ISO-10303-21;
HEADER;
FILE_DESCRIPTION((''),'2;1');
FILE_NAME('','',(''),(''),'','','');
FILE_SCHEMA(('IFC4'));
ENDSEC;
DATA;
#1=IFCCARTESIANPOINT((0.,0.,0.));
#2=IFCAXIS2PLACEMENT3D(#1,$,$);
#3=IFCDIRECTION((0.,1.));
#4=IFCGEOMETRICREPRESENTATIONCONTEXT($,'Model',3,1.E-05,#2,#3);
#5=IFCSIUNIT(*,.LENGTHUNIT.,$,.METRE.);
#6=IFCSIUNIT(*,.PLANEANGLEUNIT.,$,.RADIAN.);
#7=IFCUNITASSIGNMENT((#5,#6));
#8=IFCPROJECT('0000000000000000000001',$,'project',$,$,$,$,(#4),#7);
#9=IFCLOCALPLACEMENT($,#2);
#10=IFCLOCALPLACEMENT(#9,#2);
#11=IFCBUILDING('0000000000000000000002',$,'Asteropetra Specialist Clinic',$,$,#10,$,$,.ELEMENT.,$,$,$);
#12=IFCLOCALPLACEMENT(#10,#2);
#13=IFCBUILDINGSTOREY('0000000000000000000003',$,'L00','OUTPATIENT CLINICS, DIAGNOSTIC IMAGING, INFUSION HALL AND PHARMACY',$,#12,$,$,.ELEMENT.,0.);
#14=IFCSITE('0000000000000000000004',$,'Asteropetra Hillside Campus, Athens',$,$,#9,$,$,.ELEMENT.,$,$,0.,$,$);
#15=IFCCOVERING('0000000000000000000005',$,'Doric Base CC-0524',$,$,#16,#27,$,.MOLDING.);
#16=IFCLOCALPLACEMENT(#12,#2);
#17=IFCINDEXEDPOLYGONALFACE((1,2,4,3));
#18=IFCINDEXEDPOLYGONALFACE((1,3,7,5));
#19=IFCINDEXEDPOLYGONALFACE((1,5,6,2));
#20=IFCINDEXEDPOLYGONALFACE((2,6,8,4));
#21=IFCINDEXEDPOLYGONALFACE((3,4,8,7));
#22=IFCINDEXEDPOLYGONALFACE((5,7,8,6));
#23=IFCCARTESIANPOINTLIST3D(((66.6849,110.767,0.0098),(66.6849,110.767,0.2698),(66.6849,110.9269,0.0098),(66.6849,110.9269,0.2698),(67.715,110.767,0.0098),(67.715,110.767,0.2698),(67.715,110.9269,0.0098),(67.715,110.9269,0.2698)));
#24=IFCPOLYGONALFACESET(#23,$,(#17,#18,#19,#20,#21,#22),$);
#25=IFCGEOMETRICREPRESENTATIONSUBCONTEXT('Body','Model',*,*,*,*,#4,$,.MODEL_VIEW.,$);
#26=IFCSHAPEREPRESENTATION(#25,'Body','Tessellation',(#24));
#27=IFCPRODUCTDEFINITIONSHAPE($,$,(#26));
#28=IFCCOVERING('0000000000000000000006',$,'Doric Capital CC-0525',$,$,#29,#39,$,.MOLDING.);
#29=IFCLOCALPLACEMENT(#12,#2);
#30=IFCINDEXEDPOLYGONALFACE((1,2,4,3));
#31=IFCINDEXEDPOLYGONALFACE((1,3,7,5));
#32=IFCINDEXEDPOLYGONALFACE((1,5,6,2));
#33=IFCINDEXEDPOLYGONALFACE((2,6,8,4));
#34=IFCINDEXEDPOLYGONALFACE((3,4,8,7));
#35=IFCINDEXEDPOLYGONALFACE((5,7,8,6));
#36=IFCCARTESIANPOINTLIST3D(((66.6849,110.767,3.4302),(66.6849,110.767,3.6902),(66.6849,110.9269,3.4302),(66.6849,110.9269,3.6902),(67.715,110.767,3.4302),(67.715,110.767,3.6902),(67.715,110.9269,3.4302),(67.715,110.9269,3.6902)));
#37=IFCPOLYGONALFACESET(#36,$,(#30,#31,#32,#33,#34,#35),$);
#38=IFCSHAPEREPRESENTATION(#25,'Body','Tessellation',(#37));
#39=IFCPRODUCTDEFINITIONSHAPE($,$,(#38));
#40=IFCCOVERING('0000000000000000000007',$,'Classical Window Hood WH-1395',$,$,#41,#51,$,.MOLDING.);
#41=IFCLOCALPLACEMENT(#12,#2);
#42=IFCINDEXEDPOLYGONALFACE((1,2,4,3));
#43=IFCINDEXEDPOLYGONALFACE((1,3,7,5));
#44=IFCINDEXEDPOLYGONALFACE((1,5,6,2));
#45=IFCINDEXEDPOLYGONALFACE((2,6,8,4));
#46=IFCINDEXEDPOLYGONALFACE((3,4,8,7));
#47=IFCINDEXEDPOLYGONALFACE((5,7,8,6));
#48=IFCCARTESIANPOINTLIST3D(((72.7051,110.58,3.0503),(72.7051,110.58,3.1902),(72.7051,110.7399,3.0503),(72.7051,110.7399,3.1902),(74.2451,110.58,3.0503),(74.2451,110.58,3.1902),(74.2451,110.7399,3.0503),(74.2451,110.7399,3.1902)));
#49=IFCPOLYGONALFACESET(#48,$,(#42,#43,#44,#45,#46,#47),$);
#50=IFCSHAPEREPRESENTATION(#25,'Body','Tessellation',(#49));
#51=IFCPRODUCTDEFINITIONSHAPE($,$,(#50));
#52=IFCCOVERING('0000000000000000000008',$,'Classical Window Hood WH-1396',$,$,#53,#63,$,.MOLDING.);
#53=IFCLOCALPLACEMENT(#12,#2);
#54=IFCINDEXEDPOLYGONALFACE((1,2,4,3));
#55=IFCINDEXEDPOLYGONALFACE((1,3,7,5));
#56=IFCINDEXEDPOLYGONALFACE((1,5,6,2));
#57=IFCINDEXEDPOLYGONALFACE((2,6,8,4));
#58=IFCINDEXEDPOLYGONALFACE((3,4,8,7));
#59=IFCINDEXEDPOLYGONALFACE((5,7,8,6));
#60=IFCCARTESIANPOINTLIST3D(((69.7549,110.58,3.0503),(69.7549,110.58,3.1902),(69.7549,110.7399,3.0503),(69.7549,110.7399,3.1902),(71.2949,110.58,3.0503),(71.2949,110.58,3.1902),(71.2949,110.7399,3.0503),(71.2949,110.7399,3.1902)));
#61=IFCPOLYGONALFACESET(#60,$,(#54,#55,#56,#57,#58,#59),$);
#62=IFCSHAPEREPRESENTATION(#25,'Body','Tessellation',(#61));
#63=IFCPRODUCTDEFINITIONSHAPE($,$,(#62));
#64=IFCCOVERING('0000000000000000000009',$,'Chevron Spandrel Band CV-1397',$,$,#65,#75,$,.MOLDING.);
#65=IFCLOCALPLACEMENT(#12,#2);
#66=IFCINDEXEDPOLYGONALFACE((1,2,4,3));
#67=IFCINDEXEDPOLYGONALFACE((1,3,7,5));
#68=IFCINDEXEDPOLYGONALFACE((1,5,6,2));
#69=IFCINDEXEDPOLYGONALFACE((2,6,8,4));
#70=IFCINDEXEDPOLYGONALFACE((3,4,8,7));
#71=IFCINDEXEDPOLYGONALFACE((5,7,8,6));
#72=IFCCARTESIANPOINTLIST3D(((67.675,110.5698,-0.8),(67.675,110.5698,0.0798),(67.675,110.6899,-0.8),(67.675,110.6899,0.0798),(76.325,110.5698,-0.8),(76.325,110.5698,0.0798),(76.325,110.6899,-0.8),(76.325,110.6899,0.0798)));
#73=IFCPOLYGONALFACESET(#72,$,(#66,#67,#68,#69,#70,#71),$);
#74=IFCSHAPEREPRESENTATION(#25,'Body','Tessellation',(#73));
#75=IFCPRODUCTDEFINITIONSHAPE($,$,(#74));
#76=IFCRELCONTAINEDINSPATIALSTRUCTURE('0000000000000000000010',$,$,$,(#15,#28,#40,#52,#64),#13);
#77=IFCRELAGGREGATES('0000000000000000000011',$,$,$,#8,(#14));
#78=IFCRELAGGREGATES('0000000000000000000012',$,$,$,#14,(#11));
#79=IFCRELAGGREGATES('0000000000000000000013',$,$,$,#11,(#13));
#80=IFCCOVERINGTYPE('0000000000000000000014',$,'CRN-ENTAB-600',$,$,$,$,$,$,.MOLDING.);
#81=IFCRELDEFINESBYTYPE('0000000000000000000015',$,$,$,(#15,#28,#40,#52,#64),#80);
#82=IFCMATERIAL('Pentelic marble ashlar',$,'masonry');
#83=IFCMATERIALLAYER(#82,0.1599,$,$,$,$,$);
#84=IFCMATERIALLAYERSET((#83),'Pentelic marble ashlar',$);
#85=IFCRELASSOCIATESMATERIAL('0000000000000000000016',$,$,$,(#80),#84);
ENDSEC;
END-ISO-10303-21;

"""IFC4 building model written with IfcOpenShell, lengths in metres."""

from ifc_helpers import new_model, si_unit, direction, frame, origin, origin_2d, place, context, subcontext, project, spatial, rectangle, extrude, material, layer, layer_set, type_object, element, save


model = new_model("IFC4")

# Units and contexts
model_context = context("Model", 3, precision=1e-05, world=origin(), true_north=direction((0.0, 1.0)))
body_context = subcontext(model_context, "Body", "Model", "MODEL_VIEW")
ifc_project = project(units=[si_unit("LENGTHUNIT", "METRE"), si_unit("PLANEANGLEUNIT", "RADIAN")], contexts=[model_context])

# Site, building, storey
site_placement = place(None, origin())
site = spatial("IfcSite", under=ifc_project, at=site_placement, Name="Asteropetra Hillside Campus, Athens", CompositionType="ELEMENT", RefElevation=0.0)
building_placement = place(site_placement, origin())
building = spatial("IfcBuilding", under=site, at=building_placement, Name="Asteropetra Specialist Clinic", CompositionType="ELEMENT")
storey_placement = place(building_placement, origin())
storey = spatial("IfcBuildingStorey", under=building, at=storey_placement, Name="L00", Description="OUTPATIENT CLINICS, DIAGNOSTIC IMAGING, INFUSION HALL AND PHARMACY", CompositionType="ELEMENT", Elevation=0.0)

# Coverings
ifc_material_1 = material(Name="Pentelic marble ashlar", Category="masonry")
ifc_layer_1 = layer(ifc_material_1, 0.1599)
ifc_layer_set_1 = layer_set([ifc_layer_1], Name="Pentelic marble ashlar")
covering_type = type_object("IfcCoveringType", Name="CRN-ENTAB-600", PredefinedType="MOLDING", material=ifc_layer_set_1)
for number, where, z_axis, x_axis, name in (
    (1, (67.2, 110.8469, 0.0098), (0.0, 0.0, 1.0), (1.0, 0.0, 0.0), "Doric Base CC-0524"),
    (2, (67.2, 110.8469, 3.4302), (0.0, 0.0, 1.0), (1.0, 0.0, 0.0), "Doric Capital CC-0525"),
):
    element("IfcCovering", number, at=place(storey_placement, frame(where, z_axis=z_axis, x_axis=x_axis)), inside=storey, type_object=covering_type, Name=name, PredefinedType="MOLDING", context=body_context, shape_type="SweptSolid", body=[
        extrude(rectangle(XDim=1.03, YDim=0.1599, at=origin_2d()), origin(), (0.0, 0.0, 1.0), 0.26),
    ])
for number, where, z_axis, x_axis, name in (
    (3, (73.4751, 110.6599, 3.0503), (0.0, 0.0, 1.0), (1.0, 0.0, 0.0), "Classical Window Hood WH-1395"),
    (4, (70.5249, 110.6599, 3.0503), (0.0, 0.0, 1.0), (1.0, 0.0, 0.0), "Classical Window Hood WH-1396"),
):
    element("IfcCovering", number, at=place(storey_placement, frame(where, z_axis=z_axis, x_axis=x_axis)), inside=storey, type_object=covering_type, Name=name, PredefinedType="MOLDING", context=body_context, shape_type="SweptSolid", body=[
        extrude(rectangle(XDim=1.54, YDim=0.1599, at=origin_2d()), origin(), (0.0, 0.0, 1.0), 0.1399),
    ])
covering_1_placement = place(storey_placement, frame((72.0, 110.6299, -0.8), z_axis=(0.0, 0.0, 1.0), x_axis=(1.0, 0.0, 0.0)))
element("IfcCovering", 5, at=covering_1_placement, inside=storey, type_object=covering_type, Name="Chevron Spandrel Band CV-1397", PredefinedType="MOLDING", context=body_context, shape_type="SweptSolid", body=[
    extrude(rectangle(XDim=8.6499, YDim=0.1201, at=origin_2d()), origin(), (0.0, 0.0, 1.0), 0.8799),
])

save(model, "model.ifc")
